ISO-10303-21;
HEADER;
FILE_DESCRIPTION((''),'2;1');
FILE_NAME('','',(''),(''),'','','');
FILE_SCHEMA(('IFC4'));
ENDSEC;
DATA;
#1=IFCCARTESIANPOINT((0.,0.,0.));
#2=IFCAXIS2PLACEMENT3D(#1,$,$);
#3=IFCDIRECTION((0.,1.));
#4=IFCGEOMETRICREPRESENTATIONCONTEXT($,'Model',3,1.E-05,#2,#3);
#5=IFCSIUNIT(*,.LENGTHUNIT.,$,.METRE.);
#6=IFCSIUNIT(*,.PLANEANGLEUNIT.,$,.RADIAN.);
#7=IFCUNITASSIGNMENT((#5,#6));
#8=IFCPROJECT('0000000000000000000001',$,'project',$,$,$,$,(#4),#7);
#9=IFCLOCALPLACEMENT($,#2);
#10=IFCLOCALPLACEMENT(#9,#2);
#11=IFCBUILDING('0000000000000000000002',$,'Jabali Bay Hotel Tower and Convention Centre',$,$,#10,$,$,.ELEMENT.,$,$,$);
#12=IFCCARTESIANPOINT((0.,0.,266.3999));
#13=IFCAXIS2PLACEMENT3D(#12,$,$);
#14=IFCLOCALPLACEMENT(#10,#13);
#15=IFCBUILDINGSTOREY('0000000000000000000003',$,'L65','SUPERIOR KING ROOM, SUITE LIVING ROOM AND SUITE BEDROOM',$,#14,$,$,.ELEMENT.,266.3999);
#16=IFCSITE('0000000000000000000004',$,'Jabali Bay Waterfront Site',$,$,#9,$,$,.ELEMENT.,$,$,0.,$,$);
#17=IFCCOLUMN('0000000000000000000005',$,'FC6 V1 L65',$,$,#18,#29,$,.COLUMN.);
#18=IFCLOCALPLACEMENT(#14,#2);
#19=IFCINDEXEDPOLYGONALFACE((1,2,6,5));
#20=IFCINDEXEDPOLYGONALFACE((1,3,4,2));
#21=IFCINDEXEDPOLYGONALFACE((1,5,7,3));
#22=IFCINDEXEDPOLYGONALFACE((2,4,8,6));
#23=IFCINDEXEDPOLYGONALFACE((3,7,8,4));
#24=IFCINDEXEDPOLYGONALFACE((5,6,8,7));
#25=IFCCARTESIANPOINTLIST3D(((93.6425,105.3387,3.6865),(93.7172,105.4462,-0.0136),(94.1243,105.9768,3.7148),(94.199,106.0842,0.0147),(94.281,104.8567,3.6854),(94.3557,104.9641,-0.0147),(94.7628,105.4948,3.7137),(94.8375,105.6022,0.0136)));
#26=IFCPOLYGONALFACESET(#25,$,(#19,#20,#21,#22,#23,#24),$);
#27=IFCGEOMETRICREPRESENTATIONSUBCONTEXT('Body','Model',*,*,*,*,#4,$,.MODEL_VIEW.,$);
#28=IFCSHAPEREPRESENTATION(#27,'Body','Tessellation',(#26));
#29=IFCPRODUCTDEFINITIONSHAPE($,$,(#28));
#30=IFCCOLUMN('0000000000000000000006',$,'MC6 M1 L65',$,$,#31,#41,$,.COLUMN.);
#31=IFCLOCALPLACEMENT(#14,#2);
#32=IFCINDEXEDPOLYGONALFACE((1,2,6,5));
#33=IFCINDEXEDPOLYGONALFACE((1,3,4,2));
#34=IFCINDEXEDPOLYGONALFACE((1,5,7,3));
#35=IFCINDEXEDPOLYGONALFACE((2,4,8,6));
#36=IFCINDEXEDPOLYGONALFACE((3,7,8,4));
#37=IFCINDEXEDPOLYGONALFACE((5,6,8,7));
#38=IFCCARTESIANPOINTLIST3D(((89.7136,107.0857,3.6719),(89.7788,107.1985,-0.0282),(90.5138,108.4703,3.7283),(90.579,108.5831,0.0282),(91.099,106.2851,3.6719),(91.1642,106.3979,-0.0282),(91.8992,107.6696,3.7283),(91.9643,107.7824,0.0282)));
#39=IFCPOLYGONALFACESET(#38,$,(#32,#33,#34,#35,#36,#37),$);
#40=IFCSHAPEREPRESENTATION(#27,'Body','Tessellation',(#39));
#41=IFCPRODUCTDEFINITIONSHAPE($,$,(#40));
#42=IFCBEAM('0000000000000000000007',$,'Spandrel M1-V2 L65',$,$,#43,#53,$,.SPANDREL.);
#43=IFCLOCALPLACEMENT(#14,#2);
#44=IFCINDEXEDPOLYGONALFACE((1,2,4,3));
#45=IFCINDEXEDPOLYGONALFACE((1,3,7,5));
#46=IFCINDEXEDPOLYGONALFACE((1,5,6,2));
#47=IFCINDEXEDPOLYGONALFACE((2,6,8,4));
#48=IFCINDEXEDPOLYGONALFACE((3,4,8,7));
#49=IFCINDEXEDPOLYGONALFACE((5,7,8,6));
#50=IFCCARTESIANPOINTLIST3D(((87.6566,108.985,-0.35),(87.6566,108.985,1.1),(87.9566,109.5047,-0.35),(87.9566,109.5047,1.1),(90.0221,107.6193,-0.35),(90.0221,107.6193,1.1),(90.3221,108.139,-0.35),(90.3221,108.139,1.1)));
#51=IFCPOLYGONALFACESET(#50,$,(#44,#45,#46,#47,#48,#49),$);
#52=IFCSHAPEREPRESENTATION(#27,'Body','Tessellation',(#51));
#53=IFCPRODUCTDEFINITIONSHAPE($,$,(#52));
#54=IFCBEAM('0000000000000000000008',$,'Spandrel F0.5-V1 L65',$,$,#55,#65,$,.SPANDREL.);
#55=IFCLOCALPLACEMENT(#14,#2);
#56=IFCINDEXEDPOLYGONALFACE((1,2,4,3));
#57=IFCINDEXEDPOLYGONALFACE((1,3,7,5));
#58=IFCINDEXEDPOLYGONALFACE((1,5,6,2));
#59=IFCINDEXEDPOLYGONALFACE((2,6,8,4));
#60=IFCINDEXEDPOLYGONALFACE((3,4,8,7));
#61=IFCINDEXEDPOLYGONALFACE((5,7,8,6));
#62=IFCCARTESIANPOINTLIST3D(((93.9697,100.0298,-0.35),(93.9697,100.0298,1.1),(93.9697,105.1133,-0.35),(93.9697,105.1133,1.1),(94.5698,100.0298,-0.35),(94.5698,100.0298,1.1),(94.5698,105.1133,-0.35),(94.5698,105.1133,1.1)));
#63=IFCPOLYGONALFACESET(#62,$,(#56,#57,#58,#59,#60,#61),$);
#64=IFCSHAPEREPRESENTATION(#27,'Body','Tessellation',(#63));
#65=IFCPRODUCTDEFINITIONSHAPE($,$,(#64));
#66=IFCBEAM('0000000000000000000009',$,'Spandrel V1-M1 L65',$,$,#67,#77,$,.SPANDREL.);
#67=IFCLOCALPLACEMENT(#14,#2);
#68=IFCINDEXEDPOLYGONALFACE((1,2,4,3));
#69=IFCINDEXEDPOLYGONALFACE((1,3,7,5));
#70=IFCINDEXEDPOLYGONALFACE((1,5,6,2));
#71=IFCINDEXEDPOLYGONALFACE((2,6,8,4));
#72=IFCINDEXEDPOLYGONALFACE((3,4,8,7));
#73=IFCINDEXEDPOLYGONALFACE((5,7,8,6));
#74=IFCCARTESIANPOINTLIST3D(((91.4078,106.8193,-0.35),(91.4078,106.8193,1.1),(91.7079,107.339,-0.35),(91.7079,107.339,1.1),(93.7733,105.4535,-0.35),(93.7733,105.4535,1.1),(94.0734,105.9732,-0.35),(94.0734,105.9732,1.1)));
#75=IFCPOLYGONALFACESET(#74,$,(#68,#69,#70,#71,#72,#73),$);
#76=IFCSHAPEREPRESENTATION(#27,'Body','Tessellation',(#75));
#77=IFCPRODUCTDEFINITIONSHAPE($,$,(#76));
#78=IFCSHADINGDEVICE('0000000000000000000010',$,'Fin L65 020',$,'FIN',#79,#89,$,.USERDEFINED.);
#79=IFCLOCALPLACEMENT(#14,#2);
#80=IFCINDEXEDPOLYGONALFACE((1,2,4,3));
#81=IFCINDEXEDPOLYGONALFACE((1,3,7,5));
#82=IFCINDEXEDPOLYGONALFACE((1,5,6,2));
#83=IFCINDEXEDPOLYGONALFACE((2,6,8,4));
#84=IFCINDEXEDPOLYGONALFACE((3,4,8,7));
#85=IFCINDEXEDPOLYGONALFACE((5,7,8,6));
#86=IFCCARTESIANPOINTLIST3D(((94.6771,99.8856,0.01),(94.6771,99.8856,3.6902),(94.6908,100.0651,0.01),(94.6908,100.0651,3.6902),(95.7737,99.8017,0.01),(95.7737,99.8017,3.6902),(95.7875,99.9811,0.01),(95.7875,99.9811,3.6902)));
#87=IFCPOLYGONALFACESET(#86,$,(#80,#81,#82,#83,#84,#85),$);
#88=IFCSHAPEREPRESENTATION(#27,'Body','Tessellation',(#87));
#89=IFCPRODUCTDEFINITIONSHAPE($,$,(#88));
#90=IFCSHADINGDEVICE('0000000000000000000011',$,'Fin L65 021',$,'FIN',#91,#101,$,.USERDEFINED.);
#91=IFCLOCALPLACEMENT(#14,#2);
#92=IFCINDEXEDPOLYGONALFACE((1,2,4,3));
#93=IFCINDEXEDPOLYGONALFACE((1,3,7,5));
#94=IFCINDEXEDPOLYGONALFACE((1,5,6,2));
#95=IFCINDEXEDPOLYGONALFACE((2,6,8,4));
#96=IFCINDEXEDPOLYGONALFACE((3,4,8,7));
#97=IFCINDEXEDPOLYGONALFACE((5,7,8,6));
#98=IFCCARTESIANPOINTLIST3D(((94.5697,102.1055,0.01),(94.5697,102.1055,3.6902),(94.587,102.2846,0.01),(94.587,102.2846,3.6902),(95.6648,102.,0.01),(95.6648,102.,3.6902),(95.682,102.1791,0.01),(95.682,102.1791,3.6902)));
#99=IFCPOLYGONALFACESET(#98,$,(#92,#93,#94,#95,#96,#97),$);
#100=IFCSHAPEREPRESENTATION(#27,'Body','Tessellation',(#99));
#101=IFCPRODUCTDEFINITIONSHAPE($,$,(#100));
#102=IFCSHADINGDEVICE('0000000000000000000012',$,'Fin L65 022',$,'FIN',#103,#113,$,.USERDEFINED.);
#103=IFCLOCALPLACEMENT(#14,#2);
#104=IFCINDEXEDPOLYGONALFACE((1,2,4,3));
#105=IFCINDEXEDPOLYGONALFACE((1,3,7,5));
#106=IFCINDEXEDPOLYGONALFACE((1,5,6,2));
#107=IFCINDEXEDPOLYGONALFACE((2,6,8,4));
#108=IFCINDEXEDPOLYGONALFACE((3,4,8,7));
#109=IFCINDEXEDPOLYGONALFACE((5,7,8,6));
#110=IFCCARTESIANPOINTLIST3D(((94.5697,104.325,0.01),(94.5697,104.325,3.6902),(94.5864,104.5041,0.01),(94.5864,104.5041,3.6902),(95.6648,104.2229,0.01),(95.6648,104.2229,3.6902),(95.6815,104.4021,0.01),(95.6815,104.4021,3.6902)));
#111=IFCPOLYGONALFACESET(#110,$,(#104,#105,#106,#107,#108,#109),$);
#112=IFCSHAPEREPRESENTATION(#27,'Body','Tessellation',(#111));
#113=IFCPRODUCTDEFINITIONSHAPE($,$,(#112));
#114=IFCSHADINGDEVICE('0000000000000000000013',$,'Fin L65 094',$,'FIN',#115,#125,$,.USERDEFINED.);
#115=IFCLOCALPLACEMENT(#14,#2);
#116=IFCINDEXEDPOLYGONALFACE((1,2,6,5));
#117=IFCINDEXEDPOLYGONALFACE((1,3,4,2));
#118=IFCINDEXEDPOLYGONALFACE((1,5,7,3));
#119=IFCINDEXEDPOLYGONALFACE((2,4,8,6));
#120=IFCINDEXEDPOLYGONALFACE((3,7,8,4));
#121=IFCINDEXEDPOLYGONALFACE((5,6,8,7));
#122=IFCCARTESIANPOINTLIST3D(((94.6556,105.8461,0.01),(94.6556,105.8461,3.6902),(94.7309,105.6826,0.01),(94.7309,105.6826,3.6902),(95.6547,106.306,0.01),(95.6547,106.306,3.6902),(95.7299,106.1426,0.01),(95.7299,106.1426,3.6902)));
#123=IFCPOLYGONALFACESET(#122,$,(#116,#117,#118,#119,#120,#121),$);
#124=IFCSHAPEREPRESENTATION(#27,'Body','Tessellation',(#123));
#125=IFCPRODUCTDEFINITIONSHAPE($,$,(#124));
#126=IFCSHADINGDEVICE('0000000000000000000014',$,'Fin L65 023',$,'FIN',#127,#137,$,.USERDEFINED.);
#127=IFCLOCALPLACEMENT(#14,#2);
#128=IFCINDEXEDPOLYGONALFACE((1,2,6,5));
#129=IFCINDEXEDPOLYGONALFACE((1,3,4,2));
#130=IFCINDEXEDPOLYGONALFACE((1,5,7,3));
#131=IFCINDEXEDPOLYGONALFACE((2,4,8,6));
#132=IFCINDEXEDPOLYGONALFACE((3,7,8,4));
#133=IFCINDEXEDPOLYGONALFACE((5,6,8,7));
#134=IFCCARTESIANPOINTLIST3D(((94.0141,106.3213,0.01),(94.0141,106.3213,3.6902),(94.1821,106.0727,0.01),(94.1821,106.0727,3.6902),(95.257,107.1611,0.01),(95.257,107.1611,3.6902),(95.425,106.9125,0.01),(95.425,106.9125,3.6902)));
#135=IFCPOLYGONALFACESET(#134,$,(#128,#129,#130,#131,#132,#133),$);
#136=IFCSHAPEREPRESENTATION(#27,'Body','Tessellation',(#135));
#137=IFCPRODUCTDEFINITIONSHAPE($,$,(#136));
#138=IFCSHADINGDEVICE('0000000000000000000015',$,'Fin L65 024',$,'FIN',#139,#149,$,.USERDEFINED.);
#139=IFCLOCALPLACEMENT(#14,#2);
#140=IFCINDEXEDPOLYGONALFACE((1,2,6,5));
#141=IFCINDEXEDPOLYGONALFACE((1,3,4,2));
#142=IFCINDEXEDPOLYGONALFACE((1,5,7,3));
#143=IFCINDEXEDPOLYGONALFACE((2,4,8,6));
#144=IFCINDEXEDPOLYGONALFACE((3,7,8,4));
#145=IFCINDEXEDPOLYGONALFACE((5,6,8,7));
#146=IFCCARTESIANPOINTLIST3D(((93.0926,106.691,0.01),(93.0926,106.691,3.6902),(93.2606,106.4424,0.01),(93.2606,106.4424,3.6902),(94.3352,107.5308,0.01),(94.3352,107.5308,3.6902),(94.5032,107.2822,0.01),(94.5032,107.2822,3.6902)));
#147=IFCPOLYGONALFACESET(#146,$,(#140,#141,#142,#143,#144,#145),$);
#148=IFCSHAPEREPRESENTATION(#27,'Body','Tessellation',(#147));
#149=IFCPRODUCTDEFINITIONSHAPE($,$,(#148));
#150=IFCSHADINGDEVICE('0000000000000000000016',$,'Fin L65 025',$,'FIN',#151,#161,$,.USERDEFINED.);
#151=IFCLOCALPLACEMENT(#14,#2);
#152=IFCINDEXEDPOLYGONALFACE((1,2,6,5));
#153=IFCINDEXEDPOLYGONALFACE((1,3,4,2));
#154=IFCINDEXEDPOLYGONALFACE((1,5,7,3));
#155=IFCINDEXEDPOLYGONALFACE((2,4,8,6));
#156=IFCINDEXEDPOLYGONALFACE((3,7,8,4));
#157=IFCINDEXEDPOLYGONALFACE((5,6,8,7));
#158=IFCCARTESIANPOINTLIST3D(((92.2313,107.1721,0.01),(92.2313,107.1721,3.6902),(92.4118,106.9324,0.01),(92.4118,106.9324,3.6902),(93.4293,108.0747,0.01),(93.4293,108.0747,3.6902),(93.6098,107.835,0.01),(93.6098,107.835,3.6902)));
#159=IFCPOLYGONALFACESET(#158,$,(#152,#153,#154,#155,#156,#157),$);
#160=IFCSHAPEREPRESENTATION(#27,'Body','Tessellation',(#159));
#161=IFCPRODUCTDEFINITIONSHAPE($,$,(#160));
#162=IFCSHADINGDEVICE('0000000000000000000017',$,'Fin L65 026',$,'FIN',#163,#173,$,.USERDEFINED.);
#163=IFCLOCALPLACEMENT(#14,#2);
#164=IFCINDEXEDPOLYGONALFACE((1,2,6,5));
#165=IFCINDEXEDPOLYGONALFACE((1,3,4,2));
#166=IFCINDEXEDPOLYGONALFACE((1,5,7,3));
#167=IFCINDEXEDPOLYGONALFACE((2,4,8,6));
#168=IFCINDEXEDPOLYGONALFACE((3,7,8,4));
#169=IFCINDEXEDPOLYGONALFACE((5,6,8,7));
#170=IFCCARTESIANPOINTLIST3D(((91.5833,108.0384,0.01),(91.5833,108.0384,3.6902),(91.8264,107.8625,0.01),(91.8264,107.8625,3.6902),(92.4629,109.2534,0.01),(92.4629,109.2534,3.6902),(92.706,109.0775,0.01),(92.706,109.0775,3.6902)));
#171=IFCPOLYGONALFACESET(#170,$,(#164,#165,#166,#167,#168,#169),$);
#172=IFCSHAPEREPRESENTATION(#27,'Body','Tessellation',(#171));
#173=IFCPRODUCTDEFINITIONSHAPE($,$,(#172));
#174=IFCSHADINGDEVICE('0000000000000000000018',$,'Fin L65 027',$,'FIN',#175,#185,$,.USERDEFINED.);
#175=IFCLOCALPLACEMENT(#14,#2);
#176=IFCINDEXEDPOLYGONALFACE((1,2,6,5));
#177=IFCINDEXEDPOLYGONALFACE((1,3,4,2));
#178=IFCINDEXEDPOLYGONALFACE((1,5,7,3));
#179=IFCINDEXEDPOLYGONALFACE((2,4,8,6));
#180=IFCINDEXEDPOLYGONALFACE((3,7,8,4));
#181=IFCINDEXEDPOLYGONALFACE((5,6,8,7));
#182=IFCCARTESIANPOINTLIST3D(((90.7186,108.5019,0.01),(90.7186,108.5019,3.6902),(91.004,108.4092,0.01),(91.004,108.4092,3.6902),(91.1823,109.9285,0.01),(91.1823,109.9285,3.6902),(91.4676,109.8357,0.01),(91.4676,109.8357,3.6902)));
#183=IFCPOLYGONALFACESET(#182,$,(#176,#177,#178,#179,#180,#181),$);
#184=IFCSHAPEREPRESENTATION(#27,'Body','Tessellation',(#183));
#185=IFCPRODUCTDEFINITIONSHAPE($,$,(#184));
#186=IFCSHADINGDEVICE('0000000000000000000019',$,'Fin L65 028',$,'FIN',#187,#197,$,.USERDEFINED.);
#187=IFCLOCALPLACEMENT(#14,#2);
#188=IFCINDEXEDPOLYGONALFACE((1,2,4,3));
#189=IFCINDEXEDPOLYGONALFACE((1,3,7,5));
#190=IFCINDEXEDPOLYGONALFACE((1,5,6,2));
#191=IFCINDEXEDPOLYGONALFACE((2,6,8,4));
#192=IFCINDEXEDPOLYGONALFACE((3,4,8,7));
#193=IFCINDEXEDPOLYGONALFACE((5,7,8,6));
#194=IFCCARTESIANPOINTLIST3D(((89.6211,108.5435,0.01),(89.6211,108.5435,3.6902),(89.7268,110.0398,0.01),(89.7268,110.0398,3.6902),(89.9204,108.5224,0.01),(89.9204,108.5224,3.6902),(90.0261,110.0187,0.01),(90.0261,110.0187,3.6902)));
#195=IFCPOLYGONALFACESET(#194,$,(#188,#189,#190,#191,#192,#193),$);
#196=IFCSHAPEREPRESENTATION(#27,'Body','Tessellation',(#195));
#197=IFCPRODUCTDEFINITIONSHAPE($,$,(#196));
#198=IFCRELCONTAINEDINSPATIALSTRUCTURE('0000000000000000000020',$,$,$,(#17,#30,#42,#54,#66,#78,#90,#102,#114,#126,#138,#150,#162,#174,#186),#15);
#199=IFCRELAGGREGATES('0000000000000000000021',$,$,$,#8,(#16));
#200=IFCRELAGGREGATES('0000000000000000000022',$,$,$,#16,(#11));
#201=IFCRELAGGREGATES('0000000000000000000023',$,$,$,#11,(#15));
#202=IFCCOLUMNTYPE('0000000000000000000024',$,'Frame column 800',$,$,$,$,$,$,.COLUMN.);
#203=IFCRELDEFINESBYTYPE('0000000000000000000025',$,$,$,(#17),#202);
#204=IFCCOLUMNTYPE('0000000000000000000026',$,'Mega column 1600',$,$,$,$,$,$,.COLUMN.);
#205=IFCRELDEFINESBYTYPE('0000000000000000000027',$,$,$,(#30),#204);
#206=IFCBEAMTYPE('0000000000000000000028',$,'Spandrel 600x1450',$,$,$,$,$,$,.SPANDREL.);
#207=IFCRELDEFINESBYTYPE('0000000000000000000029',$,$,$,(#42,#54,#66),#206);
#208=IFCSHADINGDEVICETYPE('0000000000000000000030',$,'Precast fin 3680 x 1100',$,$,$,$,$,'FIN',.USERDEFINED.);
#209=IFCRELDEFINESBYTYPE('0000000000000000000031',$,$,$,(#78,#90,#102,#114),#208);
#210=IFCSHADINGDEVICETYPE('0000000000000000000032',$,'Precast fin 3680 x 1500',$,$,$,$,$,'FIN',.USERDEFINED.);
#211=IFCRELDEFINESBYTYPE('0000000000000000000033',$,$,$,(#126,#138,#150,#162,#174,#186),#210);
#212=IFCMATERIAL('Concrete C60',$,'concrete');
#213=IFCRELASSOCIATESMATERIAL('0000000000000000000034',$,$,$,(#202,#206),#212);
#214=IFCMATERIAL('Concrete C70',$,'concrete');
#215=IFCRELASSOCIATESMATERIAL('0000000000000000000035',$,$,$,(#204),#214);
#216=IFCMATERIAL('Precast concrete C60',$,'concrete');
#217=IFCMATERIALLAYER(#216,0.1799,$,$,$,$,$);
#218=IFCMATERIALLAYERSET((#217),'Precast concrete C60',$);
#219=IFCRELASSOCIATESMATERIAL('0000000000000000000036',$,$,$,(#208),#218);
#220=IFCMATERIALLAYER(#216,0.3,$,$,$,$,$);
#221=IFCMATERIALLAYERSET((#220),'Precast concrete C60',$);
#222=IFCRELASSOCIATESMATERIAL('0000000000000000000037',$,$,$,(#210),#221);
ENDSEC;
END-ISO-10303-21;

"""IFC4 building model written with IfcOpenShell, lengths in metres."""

from ifc_helpers import new_model, si_unit, direction, frame, frame_2d, origin, origin_2d, place, context, subcontext, project, spatial, rectangle, extrude, material, layer, layer_set, material_profile, profile_set, type_object, element, save


model = new_model("IFC4")

# Units and contexts
model_context = context("Model", 3, precision=1e-05, world=origin(), true_north=direction((0.0, 1.0)))
body_context = subcontext(model_context, "Body", "Model", "MODEL_VIEW")
ifc_project = project(units=[si_unit("LENGTHUNIT", "METRE"), si_unit("PLANEANGLEUNIT", "RADIAN")], contexts=[model_context])

# Site, building, storey
site_placement = place(None, origin())
site = spatial("IfcSite", under=ifc_project, at=site_placement, Name="Jabali Bay Waterfront Site", CompositionType="ELEMENT", RefElevation=0.0)
building_placement = place(site_placement, origin())
building = spatial("IfcBuilding", under=site, at=building_placement, Name="Jabali Bay Hotel Tower and Convention Centre", CompositionType="ELEMENT")
storey_placement = place(building_placement, frame((0.0, 0.0, 266.3999)))
storey = spatial("IfcBuildingStorey", under=building, at=storey_placement, Name="L65", Description="SUPERIOR KING ROOM, SUITE LIVING ROOM AND SUITE BEDROOM", CompositionType="ELEMENT", Elevation=266.3999)

# Columns
ifc_material_1 = material(Name="Concrete C60", Category="concrete")
ifc_material_profile_1 = material_profile(ifc_material_1, rectangle(XDim=0.8, YDim=0.8, at=origin_2d()), Name="Frame column 800")
ifc_profile_set_1 = profile_set([ifc_material_profile_1], Name="Concrete C60")
column_type_1 = type_object("IfcColumnType", Name="Frame column 800", PredefinedType="COLUMN", material=ifc_profile_set_1)
column_1_placement = place(storey_placement, frame((94.2773, 105.5242, 0.0), z_axis=(-0.020177, -0.029013, 0.999375), x_axis=(0.602199, 0.797565, 0.035313)))
element("IfcColumn", 1, at=column_1_placement, inside=storey, type_object=column_type_1, Name="FC6 V1 L65", PredefinedType="COLUMN", context=body_context, shape_type="SweptSolid", body=[
    extrude(rectangle(XDim=0.8, YDim=0.8, at=origin_2d()), origin(), (0.0, 0.0, 1.0), 3.7024),
])
ifc_material_2 = material(Name="Concrete C70", Category="concrete")
ifc_material_profile_2 = material_profile(ifc_material_2, rectangle(XDim=1.6001, YDim=1.6001, at=origin_2d()), Name="Mega column 1600")
ifc_profile_set_2 = profile_set([ifc_material_profile_2], Name="Concrete C70")
column_type_2 = type_object("IfcColumnType", Name="Mega column 1600", PredefinedType="COLUMN", material=ifc_profile_set_2)
column_2_placement = place(storey_placement, frame((90.8716, 107.4905, 0.0), z_axis=(-0.017606, -0.030464, 0.999381), x_axis=(0.865811, -0.500371, 0.0)))
element("IfcColumn", 2, at=column_2_placement, inside=storey, type_object=column_type_2, Name="MC6 M1 L65", PredefinedType="COLUMN", context=body_context, shape_type="SweptSolid", body=[
    extrude(rectangle(XDim=1.6001, YDim=1.6001, at=origin_2d()), origin(), (0.0, 0.0, 1.0), 3.7024),
])

# Beams
ifc_material_profile_3 = material_profile(ifc_material_1, rectangle(XDim=0.6001, YDim=1.45, at=origin_2d()), Name="Spandrel 600x1450")
ifc_profile_set_3 = profile_set([ifc_material_profile_3], Name="Concrete C60")
beam_type = type_object("IfcBeamType", Name="Spandrel 600x1450", PredefinedType="SPANDREL", material=ifc_profile_set_3)
beam_1_placement = place(storey_placement, frame((90.1721, 107.8792, 0.375), z_axis=(-0.866023, 0.500004, 0.0), x_axis=(-0.500004, -0.866023, 0.0)))
element("IfcBeam", 3, at=beam_1_placement, inside=storey, type_object=beam_type, Name="Spandrel M1-V2 L65", PredefinedType="SPANDREL", context=body_context, shape_type="SweptSolid", body=[
    extrude(rectangle(XDim=0.6001, YDim=1.45, at=origin_2d()), origin(), (0.0, 0.0, 1.0), 2.7314),
])
beam_2_placement = place(storey_placement, frame((94.2698, 100.0298, 0.375), z_axis=(0.0, 1.0, 0.0), x_axis=(-1.0, 0.0, 0.0)))
element("IfcBeam", 4, at=beam_2_placement, inside=storey, type_object=beam_type, Name="Spandrel F0.5-V1 L65", PredefinedType="SPANDREL", context=body_context, shape_type="SweptSolid", body=[
    extrude(rectangle(XDim=0.6001, YDim=1.45, at=origin_2d()), origin(), (0.0, 0.0, 1.0), 5.0835),
])
beam_3_placement = place(storey_placement, frame((93.9233, 105.7134, 0.375), z_axis=(-0.866023, 0.500004, 0.0), x_axis=(-0.500004, -0.866023, 0.0)))
element("IfcBeam", 5, at=beam_3_placement, inside=storey, type_object=beam_type, Name="Spandrel V1-M1 L65", PredefinedType="SPANDREL", context=body_context, shape_type="SweptSolid", body=[
    extrude(rectangle(XDim=0.6001, YDim=1.45, at=origin_2d()), origin(), (0.0, 0.0, 1.0), 2.7314),
])

# Shading devices
ifc_material_3 = material(Name="Precast concrete C60", Category="concrete")
ifc_layer_1 = layer(ifc_material_3, 0.1799)
ifc_layer_set_1 = layer_set([ifc_layer_1], Name="Precast concrete C60")
shading_device_type_1 = type_object("IfcShadingDeviceType", Name="Precast fin 3680 x 1100", ElementType="FIN", PredefinedType="USERDEFINED", material=ifc_layer_set_1)
shading_device_1_placement = place(storey_placement, frame((94.6841, 99.9753, 0.01), z_axis=(0.0, 0.0, 1.0), x_axis=(0.997081, -0.076357, 0.0)))
element("IfcShadingDevice", 6, at=shading_device_1_placement, inside=storey, type_object=shading_device_type_1, Name="Fin L65 020", ObjectType="FIN", PredefinedType="USERDEFINED", context=body_context, shape_type="SweptSolid", body=[
    extrude(rectangle(XDim=1.0999, YDim=0.1799, at=frame_2d((0.5498, 0.0))), origin(), (0.0, 0.0, 1.0), 3.6802),
])
shading_device_2_placement = place(storey_placement, frame((94.5784, 102.1951, 0.01), z_axis=(0.0, 0.0, 1.0), x_axis=(0.995393, -0.095877, 0.0)))
element("IfcShadingDevice", 7, at=shading_device_2_placement, inside=storey, type_object=shading_device_type_1, Name="Fin L65 021", ObjectType="FIN", PredefinedType="USERDEFINED", context=body_context, shape_type="SweptSolid", body=[
    extrude(rectangle(XDim=1.1001, YDim=0.1799, at=frame_2d((0.55, 0.0))), origin(), (0.0, 0.0, 1.0), 3.6802),
])
for number, where, z_axis, x_axis, name in (
    (8, (94.5781, 104.4146, 0.01), (0.0, 0.0, 1.0), (0.995687, -0.092777, 0.0), "Fin L65 022"),
    (9, (94.6934, 105.7644, 0.01), (0.0, 0.0, 1.0), (0.908349, 0.418213, 0.0), "Fin L65 094"),
):
    element("IfcShadingDevice", number, at=place(storey_placement, frame(where, z_axis=z_axis, x_axis=x_axis)), inside=storey, type_object=shading_device_type_1, Name=name, ObjectType="FIN", PredefinedType="USERDEFINED", context=body_context, shape_type="SweptSolid", body=[
        extrude(rectangle(XDim=1.0999, YDim=0.1799, at=frame_2d((0.5498, 0.0))), origin(), (0.0, 0.0, 1.0), 3.6802),
    ])
ifc_layer_2 = layer(ifc_material_3, 0.3)
ifc_layer_set_2 = layer_set([ifc_layer_2], Name="Precast concrete C60")
shading_device_type_2 = type_object("IfcShadingDeviceType", Name="Precast fin 3680 x 1500", ElementType="FIN", PredefinedType="USERDEFINED", material=ifc_layer_set_2)
shading_device_3_placement = place(storey_placement, frame((94.0981, 106.197, 0.01), z_axis=(0.0, 0.0, 1.0), x_axis=(0.828579, 0.559873, 0.0)))
element("IfcShadingDevice", 10, at=shading_device_3_placement, inside=storey, type_object=shading_device_type_2, Name="Fin L65 023", ObjectType="FIN", PredefinedType="USERDEFINED", context=body_context, shape_type="SweptSolid", body=[
    extrude(rectangle(XDim=1.5, YDim=0.3, at=frame_2d((0.75, 0.0))), origin(), (0.0, 0.0, 1.0), 3.6802),
])
shading_device_4_placement = place(storey_placement, frame((93.1765, 106.5667, 0.01), z_axis=(0.0, 0.0, 1.0), x_axis=(0.828528, 0.559948, 0.0)))
element("IfcShadingDevice", 11, at=shading_device_4_placement, inside=storey, type_object=shading_device_type_2, Name="Fin L65 024", ObjectType="FIN", PredefinedType="USERDEFINED", context=body_context, shape_type="SweptSolid", body=[
    extrude(rectangle(XDim=1.4998, YDim=0.3, at=frame_2d((0.75, 0.0))), origin(), (0.0, 0.0, 1.0), 3.6802),
])
for number, where, z_axis, x_axis, name in (
    (12, (92.3215, 107.0522, 0.01), (0.0, 0.0, 1.0), (0.798689, 0.601743, 0.0), "Fin L65 025"),
    (13, (91.7048, 107.9504, 0.01), (0.0, 0.0, 1.0), (0.586399, 0.810022, 0.0), "Fin L65 026"),
    (14, (90.8613, 108.4556, 0.01), (0.0, 0.0, 1.0), (0.30909, 0.951033, 0.0), "Fin L65 027"),
    (15, (89.7708, 108.533, 0.01), (0.0, 0.0, 1.0), (0.070472, 0.997514, 0.0), "Fin L65 028"),
):
    element("IfcShadingDevice", number, at=place(storey_placement, frame(where, z_axis=z_axis, x_axis=x_axis)), inside=storey, type_object=shading_device_type_2, Name=name, ObjectType="FIN", PredefinedType="USERDEFINED", context=body_context, shape_type="SweptSolid", body=[
        extrude(rectangle(XDim=1.5, YDim=0.3, at=frame_2d((0.75, 0.0))), origin(), (0.0, 0.0, 1.0), 3.6802),
    ])

save(model, "model.ifc")
